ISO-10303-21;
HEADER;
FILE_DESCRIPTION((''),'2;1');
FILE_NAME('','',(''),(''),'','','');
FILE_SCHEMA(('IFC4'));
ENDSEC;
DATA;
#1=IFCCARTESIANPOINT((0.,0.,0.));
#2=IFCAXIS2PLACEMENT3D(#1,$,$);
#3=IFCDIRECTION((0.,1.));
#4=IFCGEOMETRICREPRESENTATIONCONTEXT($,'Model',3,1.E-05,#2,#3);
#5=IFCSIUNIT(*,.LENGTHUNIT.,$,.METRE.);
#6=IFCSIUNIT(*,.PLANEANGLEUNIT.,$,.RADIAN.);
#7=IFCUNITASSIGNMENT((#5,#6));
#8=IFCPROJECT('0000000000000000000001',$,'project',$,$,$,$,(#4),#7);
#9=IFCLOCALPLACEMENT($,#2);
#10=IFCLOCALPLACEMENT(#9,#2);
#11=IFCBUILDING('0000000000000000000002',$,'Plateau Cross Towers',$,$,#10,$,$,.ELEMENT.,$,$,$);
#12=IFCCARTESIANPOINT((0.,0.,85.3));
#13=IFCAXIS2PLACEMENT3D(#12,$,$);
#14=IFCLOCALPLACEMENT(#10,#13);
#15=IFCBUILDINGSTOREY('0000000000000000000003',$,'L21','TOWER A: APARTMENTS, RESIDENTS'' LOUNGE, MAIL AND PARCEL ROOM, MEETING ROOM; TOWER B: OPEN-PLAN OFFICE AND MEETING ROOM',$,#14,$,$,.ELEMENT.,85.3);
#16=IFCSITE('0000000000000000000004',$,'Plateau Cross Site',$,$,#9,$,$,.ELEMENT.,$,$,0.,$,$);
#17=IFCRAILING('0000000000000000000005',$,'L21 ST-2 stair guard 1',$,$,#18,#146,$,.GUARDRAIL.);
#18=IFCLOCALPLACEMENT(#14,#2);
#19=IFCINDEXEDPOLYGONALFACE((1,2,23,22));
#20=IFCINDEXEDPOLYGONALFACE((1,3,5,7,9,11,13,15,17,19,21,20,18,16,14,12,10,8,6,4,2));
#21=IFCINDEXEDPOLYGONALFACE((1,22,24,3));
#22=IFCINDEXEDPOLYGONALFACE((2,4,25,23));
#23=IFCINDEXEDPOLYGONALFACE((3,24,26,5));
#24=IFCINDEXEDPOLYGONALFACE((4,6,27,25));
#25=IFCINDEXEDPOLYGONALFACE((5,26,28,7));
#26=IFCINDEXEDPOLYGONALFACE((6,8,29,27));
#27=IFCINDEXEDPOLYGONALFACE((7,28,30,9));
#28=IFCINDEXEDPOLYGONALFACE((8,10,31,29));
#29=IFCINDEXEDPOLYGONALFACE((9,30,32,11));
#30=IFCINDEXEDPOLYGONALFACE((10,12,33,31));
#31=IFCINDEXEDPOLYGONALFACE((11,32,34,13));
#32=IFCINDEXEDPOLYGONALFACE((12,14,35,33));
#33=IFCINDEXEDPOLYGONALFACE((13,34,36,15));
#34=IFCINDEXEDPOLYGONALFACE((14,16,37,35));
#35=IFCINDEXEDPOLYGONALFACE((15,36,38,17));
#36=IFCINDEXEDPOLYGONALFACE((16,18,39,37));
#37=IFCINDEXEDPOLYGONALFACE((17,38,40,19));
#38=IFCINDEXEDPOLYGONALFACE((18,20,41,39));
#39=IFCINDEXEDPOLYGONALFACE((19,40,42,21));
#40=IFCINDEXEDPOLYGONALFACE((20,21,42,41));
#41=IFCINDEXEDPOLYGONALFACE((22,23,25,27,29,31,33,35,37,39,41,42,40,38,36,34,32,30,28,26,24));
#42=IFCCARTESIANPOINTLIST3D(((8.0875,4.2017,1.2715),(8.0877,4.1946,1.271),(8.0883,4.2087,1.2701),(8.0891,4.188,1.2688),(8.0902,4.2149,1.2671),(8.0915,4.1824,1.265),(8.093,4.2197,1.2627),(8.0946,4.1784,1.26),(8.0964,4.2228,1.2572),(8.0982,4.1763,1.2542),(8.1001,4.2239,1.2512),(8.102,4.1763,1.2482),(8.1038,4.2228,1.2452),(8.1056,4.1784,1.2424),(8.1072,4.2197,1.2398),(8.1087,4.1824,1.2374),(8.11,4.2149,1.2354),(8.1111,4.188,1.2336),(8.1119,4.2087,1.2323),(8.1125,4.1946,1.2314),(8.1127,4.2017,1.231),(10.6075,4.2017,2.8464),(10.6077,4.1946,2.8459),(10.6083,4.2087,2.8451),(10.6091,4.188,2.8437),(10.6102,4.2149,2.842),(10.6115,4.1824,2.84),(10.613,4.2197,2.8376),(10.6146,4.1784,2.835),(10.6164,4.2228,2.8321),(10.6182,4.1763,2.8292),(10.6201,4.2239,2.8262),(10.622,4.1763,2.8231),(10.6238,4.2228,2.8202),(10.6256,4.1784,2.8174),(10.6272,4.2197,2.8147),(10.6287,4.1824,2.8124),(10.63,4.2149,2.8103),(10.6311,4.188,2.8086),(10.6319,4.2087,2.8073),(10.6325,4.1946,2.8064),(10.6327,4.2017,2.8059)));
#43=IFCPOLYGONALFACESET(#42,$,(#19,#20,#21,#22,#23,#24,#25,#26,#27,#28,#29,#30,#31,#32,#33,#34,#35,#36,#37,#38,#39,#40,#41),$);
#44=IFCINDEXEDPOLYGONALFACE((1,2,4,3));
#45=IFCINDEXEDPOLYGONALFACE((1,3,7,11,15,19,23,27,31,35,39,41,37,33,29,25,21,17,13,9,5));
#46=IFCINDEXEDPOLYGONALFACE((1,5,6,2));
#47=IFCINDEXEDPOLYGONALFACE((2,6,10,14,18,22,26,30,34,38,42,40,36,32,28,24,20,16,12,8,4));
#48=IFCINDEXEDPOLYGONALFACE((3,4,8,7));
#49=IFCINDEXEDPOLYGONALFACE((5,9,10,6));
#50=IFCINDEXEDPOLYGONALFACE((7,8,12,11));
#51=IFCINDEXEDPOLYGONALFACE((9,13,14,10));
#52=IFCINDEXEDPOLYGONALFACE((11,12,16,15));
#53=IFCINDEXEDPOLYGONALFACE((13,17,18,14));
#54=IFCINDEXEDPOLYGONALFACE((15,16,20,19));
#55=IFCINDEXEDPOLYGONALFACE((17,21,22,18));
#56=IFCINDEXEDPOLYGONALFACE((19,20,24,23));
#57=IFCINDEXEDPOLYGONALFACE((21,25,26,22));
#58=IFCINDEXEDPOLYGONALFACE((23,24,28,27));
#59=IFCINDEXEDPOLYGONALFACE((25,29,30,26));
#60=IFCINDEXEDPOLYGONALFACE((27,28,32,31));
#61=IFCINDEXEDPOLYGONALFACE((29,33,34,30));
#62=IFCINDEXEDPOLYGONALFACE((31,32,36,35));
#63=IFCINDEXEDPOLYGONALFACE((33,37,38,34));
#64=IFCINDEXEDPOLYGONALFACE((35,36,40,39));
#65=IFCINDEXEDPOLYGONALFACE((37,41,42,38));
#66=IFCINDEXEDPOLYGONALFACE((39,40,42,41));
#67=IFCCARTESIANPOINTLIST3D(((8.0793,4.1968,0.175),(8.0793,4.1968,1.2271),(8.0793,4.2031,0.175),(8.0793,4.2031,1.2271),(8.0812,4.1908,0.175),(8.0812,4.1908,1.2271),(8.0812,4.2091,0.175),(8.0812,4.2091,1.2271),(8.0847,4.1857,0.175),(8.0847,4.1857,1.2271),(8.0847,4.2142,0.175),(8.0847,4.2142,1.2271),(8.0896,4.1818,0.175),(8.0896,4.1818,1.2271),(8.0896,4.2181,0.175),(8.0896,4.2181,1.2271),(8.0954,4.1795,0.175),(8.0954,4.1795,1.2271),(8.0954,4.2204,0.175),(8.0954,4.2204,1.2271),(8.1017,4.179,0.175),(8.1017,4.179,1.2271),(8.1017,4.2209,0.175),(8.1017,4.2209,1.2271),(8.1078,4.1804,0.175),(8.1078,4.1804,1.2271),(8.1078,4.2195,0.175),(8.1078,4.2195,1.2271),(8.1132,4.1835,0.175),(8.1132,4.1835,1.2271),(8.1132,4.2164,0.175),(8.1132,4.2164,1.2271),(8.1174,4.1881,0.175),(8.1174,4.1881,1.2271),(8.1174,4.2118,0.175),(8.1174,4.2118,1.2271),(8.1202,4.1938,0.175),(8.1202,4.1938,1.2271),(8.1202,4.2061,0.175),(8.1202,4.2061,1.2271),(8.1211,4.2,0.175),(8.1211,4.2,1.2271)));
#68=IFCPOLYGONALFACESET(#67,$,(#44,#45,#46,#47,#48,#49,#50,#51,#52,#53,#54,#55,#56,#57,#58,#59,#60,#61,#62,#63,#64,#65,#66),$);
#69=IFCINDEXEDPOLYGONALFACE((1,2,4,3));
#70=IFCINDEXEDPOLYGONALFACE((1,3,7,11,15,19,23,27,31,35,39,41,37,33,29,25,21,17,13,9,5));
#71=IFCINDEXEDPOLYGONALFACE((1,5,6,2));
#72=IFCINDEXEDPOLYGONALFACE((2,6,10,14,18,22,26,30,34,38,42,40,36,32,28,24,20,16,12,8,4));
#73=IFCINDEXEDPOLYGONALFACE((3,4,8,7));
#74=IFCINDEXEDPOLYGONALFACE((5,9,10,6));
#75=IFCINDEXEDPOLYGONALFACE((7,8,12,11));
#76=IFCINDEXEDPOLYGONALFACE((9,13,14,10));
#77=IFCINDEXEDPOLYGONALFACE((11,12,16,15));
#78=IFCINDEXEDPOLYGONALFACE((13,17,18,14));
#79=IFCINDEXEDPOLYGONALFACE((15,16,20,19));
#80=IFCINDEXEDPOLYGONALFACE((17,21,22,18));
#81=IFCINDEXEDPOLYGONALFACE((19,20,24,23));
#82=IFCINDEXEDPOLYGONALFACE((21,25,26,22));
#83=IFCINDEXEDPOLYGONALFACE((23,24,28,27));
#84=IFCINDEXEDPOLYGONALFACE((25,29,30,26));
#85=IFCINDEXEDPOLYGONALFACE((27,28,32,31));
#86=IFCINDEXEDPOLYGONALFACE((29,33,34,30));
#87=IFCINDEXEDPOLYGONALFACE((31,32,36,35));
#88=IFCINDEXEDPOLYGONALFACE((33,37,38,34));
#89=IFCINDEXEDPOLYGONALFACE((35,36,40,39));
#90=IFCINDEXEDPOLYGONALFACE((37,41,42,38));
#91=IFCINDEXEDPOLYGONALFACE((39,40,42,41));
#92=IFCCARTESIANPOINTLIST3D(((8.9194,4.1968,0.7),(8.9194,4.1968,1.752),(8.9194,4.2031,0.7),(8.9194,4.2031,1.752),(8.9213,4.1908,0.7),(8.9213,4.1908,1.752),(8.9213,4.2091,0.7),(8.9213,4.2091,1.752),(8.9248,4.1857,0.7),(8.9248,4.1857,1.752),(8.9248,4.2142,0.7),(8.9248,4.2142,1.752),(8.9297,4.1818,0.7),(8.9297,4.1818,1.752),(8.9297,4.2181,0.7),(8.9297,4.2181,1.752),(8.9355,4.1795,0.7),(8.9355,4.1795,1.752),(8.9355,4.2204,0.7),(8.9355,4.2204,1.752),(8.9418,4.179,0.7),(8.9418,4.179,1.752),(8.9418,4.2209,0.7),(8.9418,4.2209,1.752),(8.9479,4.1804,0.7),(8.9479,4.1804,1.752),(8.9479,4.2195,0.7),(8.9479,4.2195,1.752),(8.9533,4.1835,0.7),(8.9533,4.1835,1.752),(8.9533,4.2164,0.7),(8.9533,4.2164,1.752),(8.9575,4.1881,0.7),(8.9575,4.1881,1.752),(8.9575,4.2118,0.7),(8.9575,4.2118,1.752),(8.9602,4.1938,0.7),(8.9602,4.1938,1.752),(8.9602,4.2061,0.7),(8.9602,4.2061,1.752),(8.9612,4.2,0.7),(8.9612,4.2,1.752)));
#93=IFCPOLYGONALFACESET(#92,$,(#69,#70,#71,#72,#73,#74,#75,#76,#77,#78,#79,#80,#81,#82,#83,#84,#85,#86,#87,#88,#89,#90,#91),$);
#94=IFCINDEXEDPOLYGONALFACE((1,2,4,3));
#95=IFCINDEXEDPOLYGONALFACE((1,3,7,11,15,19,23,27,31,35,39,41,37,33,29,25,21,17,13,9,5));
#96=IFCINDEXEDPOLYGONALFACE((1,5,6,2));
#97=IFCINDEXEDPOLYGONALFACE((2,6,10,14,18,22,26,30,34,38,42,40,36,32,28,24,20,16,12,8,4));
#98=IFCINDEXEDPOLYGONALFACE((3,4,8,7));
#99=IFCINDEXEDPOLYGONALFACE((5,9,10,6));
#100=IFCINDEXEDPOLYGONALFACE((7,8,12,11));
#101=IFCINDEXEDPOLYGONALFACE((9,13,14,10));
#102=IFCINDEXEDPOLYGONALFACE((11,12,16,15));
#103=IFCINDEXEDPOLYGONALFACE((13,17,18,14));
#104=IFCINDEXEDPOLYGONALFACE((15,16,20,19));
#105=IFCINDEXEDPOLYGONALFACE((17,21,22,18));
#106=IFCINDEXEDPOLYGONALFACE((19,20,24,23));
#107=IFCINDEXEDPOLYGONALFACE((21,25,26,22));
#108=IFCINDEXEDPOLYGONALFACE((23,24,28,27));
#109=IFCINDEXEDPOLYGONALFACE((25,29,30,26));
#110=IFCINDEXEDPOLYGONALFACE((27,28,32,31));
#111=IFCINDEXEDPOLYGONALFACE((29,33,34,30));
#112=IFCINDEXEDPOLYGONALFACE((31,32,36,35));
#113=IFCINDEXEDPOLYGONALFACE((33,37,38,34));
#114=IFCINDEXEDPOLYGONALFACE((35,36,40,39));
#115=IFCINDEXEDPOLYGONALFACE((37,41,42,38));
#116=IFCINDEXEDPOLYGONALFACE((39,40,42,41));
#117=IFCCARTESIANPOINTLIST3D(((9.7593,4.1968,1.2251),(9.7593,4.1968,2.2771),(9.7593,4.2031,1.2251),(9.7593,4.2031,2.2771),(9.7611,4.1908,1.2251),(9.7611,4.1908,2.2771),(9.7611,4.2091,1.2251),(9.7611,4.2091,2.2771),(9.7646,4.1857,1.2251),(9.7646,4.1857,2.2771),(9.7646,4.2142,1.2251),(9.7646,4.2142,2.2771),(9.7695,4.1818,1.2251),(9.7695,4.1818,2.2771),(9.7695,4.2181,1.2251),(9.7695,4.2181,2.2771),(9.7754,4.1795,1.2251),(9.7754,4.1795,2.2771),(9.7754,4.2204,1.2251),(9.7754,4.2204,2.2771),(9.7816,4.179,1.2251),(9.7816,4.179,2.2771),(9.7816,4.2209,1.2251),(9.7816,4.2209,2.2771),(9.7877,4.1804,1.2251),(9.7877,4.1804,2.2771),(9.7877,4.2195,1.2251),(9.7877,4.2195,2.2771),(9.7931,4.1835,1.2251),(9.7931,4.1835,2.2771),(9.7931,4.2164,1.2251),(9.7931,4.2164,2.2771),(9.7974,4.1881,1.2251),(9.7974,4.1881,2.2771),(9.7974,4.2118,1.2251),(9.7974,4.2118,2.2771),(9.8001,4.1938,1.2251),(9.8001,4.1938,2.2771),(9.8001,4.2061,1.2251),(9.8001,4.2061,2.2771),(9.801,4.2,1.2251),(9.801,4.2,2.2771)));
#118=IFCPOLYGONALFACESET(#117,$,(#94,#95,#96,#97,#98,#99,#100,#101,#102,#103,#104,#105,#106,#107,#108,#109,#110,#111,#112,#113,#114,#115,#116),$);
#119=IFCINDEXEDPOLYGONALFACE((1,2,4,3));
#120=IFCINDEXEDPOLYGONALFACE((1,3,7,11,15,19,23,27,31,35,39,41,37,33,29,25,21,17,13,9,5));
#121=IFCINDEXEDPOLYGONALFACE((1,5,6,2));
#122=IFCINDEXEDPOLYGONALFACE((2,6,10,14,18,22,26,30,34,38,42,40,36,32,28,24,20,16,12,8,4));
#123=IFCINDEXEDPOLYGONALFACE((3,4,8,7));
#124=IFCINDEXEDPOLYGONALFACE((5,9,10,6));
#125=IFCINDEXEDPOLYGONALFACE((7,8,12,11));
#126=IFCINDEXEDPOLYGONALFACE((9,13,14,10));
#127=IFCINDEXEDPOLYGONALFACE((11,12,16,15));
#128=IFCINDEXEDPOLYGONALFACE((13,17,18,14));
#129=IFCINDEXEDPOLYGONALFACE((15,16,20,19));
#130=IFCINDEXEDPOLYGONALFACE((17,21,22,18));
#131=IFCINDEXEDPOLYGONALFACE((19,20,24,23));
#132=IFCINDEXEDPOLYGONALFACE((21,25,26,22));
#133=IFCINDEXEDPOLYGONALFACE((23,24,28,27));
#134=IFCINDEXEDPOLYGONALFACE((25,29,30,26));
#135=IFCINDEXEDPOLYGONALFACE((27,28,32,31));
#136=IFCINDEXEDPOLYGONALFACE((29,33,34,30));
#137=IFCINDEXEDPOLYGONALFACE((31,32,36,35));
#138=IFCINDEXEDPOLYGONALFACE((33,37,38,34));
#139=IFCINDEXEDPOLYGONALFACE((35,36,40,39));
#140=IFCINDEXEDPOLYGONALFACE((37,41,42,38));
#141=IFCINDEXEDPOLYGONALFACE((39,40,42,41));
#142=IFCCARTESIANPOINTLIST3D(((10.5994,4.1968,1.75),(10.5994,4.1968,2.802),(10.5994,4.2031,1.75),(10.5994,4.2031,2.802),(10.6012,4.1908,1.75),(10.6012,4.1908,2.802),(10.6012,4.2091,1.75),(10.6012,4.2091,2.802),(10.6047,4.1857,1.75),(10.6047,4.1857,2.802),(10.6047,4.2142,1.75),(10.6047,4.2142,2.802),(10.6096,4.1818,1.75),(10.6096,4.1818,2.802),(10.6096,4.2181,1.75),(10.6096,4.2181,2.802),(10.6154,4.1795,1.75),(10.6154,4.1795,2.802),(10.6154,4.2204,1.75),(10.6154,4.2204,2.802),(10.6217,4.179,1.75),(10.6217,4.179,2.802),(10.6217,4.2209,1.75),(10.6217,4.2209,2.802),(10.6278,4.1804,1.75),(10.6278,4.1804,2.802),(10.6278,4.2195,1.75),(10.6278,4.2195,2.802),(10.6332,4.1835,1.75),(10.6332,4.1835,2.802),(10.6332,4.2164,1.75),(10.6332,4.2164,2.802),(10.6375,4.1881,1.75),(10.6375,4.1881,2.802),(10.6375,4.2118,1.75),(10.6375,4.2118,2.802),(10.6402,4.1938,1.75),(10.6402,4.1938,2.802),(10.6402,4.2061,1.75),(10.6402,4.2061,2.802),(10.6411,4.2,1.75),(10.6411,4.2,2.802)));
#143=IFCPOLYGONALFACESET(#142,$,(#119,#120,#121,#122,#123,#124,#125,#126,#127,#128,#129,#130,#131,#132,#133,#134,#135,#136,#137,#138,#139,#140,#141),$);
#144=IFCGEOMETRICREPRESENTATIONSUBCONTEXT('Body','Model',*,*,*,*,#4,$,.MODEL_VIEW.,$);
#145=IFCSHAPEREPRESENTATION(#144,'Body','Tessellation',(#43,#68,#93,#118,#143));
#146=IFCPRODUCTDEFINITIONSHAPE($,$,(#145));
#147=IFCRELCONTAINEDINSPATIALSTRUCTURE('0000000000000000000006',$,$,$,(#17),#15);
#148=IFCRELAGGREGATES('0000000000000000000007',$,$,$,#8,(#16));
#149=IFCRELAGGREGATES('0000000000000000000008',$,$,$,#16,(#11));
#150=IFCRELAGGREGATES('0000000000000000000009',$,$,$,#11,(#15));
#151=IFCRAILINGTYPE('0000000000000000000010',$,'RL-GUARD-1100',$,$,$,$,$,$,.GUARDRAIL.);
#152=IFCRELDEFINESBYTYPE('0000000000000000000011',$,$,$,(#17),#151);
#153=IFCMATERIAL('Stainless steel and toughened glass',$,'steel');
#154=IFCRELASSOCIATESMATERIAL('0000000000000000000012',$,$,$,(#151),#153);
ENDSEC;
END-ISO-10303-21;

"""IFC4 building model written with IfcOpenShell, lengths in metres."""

from ifc_helpers import new_model, si_unit, direction, frame, origin, origin_2d, place, context, subcontext, project, spatial, circle, extrude, material, type_object, element, save


model = new_model("IFC4")

# Units and contexts
model_context = context("Model", 3, precision=1e-05, world=origin(), true_north=direction((0.0, 1.0)))
body_context = subcontext(model_context, "Body", "Model", "MODEL_VIEW")
ifc_project = project(units=[si_unit("LENGTHUNIT", "METRE"), si_unit("PLANEANGLEUNIT", "RADIAN")], contexts=[model_context])

# Site, building, storey
site_placement = place(None, origin())
site = spatial("IfcSite", under=ifc_project, at=site_placement, Name="Plateau Cross Site", CompositionType="ELEMENT", RefElevation=0.0)
building_placement = place(site_placement, origin())
building = spatial("IfcBuilding", under=site, at=building_placement, Name="Plateau Cross Towers", CompositionType="ELEMENT")
storey_placement = place(building_placement, frame((0.0, 0.0, 85.3)))
storey = spatial("IfcBuildingStorey", under=building, at=storey_placement, Name="L21", Description="TOWER A: APARTMENTS, RESIDENTS' LOUNGE, MAIL AND PARCEL ROOM, MEETING ROOM; TOWER B: OPEN-PLAN OFFICE AND MEETING ROOM", CompositionType="ELEMENT", Elevation=85.3)

# Railing
ifc_material_1 = material(Name="Stainless steel and toughened glass", Category="steel")
railing_type_1 = type_object("IfcRailingType", Name="RL-GUARD-1100", PredefinedType="GUARDRAIL", material=ifc_material_1)
railing_1_placement = place(storey_placement, frame((8.1001, 4.2, 0.175)))
element("IfcRailing", 1, at=railing_1_placement, inside=storey, type_object=railing_type_1, Name="L21 ST-2 stair guard 1", PredefinedType="GUARDRAIL", context=body_context, shape_type="SweptSolid", body=[
    extrude(circle(Radius=0.0239, at=origin_2d()), frame((0.0, 0.0, 1.0762), z_axis=(0.848008, 0.0, 0.529984), x_axis=(0.0, 1.0, 0.0)), (0.0, 0.0, 1.0), 2.9717),
    extrude(circle(Radius=0.021, at=origin_2d()), origin(), (0.0, 0.0, 1.0), 1.052),
    extrude(circle(Radius=0.021, at=origin_2d()), frame((0.8401, 0.0, 0.5249)), (0.0, 0.0, 1.0), 1.052),
    extrude(circle(Radius=0.021, at=origin_2d()), frame((1.6799, 0.0, 1.05)), (0.0, 0.0, 1.0), 1.052),
    extrude(circle(Radius=0.021, at=origin_2d()), frame((2.52, 0.0, 1.575)), (0.0, 0.0, 1.0), 1.052),
])

save(model, "model.ifc")
